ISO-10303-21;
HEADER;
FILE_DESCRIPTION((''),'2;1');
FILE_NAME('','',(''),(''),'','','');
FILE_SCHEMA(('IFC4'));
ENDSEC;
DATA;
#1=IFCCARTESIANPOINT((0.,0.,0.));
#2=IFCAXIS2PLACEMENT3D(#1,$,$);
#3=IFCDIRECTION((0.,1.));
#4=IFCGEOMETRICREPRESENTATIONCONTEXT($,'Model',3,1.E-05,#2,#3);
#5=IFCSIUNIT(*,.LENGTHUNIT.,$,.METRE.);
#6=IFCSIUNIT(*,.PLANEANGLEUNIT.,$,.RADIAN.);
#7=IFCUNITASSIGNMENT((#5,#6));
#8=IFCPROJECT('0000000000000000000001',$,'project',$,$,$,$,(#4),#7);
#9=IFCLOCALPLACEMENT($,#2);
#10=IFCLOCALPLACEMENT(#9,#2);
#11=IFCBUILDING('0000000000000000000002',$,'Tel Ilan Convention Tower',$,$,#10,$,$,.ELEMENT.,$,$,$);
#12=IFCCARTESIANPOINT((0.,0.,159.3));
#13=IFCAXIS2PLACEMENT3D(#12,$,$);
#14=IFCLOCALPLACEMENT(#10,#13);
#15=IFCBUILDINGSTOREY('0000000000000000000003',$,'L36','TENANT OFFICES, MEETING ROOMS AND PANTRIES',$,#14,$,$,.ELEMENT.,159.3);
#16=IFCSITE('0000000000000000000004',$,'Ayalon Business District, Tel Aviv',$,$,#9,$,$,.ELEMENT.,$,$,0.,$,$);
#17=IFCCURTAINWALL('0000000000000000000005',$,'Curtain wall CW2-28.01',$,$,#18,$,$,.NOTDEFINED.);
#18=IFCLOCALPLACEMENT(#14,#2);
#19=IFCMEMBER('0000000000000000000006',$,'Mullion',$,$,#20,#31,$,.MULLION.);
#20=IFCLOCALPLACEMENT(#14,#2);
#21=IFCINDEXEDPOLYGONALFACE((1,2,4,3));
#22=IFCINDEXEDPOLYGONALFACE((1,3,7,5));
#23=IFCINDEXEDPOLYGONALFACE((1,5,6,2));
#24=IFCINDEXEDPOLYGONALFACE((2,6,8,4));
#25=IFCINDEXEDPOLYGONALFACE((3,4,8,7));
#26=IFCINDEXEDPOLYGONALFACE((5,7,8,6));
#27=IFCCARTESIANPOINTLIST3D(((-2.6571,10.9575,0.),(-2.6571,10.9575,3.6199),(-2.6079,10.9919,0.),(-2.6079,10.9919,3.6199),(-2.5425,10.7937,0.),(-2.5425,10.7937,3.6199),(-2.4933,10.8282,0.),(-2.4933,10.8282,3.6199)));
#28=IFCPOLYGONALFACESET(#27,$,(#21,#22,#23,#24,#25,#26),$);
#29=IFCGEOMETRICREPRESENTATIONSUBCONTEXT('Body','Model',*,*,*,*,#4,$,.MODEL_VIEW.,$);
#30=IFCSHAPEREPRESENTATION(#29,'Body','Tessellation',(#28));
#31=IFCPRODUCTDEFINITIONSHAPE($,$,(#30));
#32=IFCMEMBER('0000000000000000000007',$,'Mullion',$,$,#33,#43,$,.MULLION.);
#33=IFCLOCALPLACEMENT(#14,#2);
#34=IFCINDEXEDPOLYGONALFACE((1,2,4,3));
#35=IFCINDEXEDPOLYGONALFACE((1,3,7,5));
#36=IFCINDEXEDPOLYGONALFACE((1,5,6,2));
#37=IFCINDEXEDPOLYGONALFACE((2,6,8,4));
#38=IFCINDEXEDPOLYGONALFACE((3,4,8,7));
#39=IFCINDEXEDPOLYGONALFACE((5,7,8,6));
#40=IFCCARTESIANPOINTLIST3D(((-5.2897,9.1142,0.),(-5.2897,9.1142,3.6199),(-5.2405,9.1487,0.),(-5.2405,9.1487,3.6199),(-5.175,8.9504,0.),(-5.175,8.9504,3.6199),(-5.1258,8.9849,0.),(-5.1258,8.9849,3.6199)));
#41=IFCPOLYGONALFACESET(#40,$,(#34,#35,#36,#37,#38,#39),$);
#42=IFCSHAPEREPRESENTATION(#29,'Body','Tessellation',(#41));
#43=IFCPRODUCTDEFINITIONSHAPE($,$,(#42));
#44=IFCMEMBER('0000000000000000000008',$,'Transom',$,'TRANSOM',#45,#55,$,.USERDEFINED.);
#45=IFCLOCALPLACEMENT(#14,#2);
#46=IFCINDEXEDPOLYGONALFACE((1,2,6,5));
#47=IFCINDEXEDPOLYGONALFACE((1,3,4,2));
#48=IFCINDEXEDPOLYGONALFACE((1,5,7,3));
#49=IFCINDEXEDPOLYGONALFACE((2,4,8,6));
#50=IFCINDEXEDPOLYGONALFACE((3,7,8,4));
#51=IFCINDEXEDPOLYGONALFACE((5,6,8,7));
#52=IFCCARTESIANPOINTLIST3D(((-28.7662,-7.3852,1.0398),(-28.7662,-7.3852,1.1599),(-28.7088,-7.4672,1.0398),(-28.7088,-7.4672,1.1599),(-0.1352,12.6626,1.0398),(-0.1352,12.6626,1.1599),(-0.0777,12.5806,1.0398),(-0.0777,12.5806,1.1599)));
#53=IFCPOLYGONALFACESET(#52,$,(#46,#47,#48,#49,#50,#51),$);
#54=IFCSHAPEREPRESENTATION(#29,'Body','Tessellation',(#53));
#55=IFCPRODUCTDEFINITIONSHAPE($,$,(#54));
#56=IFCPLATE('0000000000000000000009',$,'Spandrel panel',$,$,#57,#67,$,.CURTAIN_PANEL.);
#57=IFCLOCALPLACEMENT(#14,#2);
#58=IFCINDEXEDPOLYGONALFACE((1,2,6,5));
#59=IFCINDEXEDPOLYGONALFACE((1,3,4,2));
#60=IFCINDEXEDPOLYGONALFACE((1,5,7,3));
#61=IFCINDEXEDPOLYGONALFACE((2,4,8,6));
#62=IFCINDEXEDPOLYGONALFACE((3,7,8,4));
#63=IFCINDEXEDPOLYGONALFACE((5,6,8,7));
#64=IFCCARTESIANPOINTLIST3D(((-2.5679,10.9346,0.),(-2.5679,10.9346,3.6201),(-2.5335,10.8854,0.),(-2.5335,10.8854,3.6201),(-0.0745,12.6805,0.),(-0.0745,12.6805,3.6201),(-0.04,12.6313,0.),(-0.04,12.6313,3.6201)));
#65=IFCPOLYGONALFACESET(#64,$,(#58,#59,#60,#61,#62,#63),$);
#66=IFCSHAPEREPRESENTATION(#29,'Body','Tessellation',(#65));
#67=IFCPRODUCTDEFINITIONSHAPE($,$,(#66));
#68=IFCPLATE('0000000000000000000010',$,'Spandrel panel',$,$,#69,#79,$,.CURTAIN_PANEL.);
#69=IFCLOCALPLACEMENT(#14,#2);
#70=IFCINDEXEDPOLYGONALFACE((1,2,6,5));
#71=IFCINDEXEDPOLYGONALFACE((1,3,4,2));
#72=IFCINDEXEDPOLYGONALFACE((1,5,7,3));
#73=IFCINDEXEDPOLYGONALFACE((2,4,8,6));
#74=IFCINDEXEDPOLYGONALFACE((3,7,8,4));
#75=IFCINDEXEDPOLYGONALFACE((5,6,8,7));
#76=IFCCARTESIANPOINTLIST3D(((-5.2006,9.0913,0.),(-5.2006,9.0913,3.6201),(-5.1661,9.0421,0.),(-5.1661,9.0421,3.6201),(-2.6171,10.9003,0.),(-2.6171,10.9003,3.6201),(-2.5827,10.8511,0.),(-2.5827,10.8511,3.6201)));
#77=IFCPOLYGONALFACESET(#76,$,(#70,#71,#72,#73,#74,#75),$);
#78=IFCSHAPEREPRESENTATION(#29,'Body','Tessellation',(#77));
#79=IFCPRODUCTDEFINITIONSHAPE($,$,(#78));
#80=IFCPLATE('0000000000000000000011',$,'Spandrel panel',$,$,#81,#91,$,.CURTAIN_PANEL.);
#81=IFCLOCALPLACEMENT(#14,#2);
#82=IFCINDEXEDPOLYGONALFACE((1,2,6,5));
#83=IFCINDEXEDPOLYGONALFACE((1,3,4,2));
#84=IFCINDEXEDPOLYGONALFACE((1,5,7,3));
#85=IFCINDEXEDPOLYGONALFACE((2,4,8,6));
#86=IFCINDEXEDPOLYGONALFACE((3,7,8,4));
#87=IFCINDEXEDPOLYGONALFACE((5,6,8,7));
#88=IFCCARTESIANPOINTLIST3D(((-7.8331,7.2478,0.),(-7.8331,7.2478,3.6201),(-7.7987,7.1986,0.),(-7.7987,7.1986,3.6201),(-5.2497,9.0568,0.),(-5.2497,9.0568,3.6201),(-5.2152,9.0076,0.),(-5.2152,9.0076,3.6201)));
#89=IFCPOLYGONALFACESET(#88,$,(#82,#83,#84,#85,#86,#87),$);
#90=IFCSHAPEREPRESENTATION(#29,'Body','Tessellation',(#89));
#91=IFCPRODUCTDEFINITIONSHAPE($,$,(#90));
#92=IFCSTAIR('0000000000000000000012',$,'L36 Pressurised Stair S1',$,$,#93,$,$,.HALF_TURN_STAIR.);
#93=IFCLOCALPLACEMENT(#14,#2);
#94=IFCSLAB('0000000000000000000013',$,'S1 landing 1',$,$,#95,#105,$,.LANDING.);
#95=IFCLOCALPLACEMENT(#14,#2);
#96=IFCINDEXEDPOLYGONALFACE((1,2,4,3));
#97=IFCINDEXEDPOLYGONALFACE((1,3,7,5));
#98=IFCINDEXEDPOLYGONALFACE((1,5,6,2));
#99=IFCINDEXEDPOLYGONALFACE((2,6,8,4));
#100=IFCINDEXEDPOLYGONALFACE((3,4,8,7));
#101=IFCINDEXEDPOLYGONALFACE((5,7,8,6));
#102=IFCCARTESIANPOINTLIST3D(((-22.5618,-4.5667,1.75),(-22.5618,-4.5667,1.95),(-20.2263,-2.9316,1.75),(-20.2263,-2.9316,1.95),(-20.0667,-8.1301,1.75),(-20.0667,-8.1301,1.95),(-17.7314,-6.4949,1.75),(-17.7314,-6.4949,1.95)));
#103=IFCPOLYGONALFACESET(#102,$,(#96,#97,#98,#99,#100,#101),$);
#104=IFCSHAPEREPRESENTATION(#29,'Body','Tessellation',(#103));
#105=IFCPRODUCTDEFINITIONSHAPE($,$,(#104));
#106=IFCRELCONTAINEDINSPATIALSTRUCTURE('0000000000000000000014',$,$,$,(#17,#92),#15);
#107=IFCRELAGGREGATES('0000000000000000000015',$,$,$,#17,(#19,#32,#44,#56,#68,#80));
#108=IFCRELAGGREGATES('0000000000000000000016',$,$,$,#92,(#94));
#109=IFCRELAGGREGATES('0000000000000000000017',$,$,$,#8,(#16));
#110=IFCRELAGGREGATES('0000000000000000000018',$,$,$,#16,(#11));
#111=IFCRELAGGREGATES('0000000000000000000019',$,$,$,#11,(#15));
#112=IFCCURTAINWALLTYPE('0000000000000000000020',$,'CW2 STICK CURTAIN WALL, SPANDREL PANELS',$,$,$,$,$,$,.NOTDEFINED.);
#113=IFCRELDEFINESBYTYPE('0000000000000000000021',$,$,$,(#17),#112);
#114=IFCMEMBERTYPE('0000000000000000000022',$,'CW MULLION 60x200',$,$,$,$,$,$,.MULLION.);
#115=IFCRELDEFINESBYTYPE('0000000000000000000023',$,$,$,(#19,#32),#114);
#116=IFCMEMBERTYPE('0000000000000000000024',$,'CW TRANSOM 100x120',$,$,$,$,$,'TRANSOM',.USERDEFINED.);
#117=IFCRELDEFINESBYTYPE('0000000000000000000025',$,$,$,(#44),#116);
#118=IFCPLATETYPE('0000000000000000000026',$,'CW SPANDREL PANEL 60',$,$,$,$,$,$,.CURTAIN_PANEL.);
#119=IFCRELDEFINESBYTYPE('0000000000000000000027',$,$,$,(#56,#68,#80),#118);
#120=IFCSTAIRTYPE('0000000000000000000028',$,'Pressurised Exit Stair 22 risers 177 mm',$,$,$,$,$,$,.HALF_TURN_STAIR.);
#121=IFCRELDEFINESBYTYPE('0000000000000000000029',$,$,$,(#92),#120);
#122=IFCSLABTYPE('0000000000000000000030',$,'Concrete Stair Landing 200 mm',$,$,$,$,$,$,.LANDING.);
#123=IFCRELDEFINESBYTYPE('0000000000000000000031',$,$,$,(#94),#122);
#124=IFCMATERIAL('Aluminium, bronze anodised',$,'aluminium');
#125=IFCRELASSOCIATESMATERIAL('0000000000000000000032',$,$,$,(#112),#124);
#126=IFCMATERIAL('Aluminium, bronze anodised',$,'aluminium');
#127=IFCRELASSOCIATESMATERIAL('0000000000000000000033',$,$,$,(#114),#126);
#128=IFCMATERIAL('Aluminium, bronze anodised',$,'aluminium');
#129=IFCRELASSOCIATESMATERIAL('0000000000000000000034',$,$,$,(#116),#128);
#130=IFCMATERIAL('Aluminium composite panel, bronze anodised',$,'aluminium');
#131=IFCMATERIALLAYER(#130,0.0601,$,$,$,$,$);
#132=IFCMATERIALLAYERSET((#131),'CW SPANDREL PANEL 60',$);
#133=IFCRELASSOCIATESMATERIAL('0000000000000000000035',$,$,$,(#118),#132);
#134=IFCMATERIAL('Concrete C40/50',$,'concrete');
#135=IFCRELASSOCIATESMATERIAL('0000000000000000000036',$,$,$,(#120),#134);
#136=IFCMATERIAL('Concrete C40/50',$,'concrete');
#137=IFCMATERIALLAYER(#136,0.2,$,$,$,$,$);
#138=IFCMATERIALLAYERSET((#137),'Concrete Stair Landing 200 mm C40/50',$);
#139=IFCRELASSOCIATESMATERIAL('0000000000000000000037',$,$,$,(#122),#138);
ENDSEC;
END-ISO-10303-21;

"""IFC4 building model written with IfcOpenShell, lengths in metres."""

from ifc_helpers import new_model, si_unit, direction, frame, origin, origin_2d, place, context, subcontext, project, spatial, polyline, rectangle, outline, extrude, material, layer, layer_set, material_profile, profile_set, type_object, element, aggregate, save


model = new_model("IFC4")

# Units and contexts
model_context = context("Model", 3, precision=1e-05, world=origin(), true_north=direction((0.0, 1.0)))
body_context = subcontext(model_context, "Body", "Model", "MODEL_VIEW")
ifc_project = project(units=[si_unit("LENGTHUNIT", "METRE"), si_unit("PLANEANGLEUNIT", "RADIAN")], contexts=[model_context])

# Site, building, storey
site_placement = place(None, origin())
site = spatial("IfcSite", under=ifc_project, at=site_placement, Name="Ayalon Business District, Tel Aviv", CompositionType="ELEMENT", RefElevation=0.0)
building_placement = place(site_placement, origin())
building = spatial("IfcBuilding", under=site, at=building_placement, Name="Tel Ilan Convention Tower", CompositionType="ELEMENT")
storey_placement = place(building_placement, frame((0.0, 0.0, 159.3)))
storey = spatial("IfcBuildingStorey", under=building, at=storey_placement, Name="L36", Description="TENANT OFFICES, MEETING ROOMS AND PANTRIES", CompositionType="ELEMENT", Elevation=159.3)

# Curtain wall, members, plates
ifc_material_1 = material(Name="Aluminium, bronze anodised", Category="aluminium")
curtain_wall_type = type_object("IfcCurtainWallType", Name="CW2 STICK CURTAIN WALL, SPANDREL PANELS", PredefinedType="NOTDEFINED", material=ifc_material_1)
curtain_wall_placement = place(storey_placement, origin())
curtain_wall = element("IfcCurtainWall", 1, at=curtain_wall_placement, inside=storey, type_object=curtain_wall_type, Name="Curtain wall CW2-28.01", PredefinedType="NOTDEFINED")
ifc_material_2 = material(Name="Aluminium, bronze anodised", Category="aluminium")
ifc_material_profile_1 = material_profile(ifc_material_2, rectangle(XDim=0.0601, YDim=0.2, at=origin_2d()), Name="CW MULLION 60x200")
ifc_profile_set_1 = profile_set([ifc_material_profile_1], Name="Aluminium, bronze anodised")
member_type_1 = type_object("IfcMemberType", Name="CW MULLION 60x200", PredefinedType="MULLION", material=ifc_profile_set_1)
member_1_placement = place(storey_placement, frame((-2.5752, 10.8928, 0.0), z_axis=(0.0, 0.0, 1.0), x_axis=(-0.819152, -0.573576, 0.0)))
member_1 = element("IfcMember", 2, at=member_1_placement, type_object=member_type_1, Name="Mullion", PredefinedType="MULLION", context=body_context, shape_type="SweptSolid", body=[
    extrude(rectangle(XDim=0.0601, YDim=0.2, at=origin_2d()), origin(), (0.0, 0.0, 1.0), 3.6199),
])
member_2_placement = place(storey_placement, frame((-5.2078, 9.0496, 0.0), z_axis=(0.0, 0.0, 1.0), x_axis=(-0.819152, -0.573576, 0.0)))
member_2 = element("IfcMember", 3, at=member_2_placement, type_object=member_type_1, Name="Mullion", PredefinedType="MULLION", context=body_context, shape_type="SweptSolid", body=[
    extrude(rectangle(XDim=0.0601, YDim=0.2, at=origin_2d()), origin(), (0.0, 0.0, 1.0), 3.6199),
])
ifc_material_3 = material(Name="Aluminium, bronze anodised", Category="aluminium")
ifc_material_profile_2 = material_profile(ifc_material_3, rectangle(XDim=0.1001, YDim=0.1201, at=origin_2d()), Name="CW TRANSOM 100x120")
ifc_profile_set_2 = profile_set([ifc_material_profile_2], Name="Aluminium, bronze anodised")
member_type_2 = type_object("IfcMemberType", Name="CW TRANSOM 100x120", ElementType="TRANSOM", PredefinedType="USERDEFINED", material=ifc_profile_set_2)
member_3_placement = place(storey_placement, frame((-0.1064, 12.6216, 1.0999), z_axis=(-0.81915, -0.573579, 0.0), x_axis=(0.573579, -0.81915, 0.0)))
member_3 = element("IfcMember", 4, at=member_3_placement, type_object=member_type_2, Name="Transom", ObjectType="TRANSOM", PredefinedType="USERDEFINED", context=body_context, shape_type="SweptSolid", body=[
    extrude(rectangle(XDim=0.1001, YDim=0.1201, at=origin_2d()), origin(), (0.0, 0.0, 1.0), 34.9521),
])
ifc_material_4 = material(Name="Aluminium composite panel, bronze anodised", Category="aluminium")
ifc_layer_1 = layer(ifc_material_4, 0.0601)
ifc_layer_set_1 = layer_set([ifc_layer_1], Name="CW SPANDREL PANEL 60")
plate_type = type_object("IfcPlateType", Name="CW SPANDREL PANEL 60", PredefinedType="CURTAIN_PANEL", material=ifc_layer_set_1)
plate_1_placement = place(storey_placement, frame((-1.304, 11.783, 0.0), z_axis=(0.0, 0.0, 1.0), x_axis=(-0.819152, -0.573576, 0.0)))
plate_1 = element("IfcPlate", 5, at=plate_1_placement, type_object=plate_type, Name="Spandrel panel", PredefinedType="CURTAIN_PANEL", context=body_context, shape_type="SweptSolid", body=[
    extrude(rectangle(XDim=3.0439, YDim=0.0601, at=origin_2d()), origin(), (0.0, 0.0, 1.0), 3.6201),
])
plate_2_placement = place(storey_placement, frame((-3.8916, 9.9712, 0.0), z_axis=(0.0, 0.0, 1.0), x_axis=(-0.819152, -0.573576, 0.0)))
plate_2 = element("IfcPlate", 6, at=plate_2_placement, type_object=plate_type, Name="Spandrel panel", PredefinedType="CURTAIN_PANEL", context=body_context, shape_type="SweptSolid", body=[
    extrude(rectangle(XDim=3.1538, YDim=0.0601, at=origin_2d()), origin(), (0.0, 0.0, 1.0), 3.6201),
])
plate_3_placement = place(storey_placement, frame((-6.5242, 8.1277, 0.0), z_axis=(0.0, 0.0, 1.0), x_axis=(-0.819152, -0.573576, 0.0)))
plate_3 = element("IfcPlate", 7, at=plate_3_placement, type_object=plate_type, Name="Spandrel panel", PredefinedType="CURTAIN_PANEL", context=body_context, shape_type="SweptSolid", body=[
    extrude(rectangle(XDim=3.1538, YDim=0.0601, at=origin_2d()), origin(), (0.0, 0.0, 1.0), 3.6201),
])
aggregate(curtain_wall, [member_1, member_2, member_3, plate_1, plate_2, plate_3])

# Stair, slab
ifc_material_5 = material(Name="Concrete C40/50", Category="concrete")
stair_type = type_object("IfcStairType", Name="Pressurised Exit Stair 22 risers 177 mm", PredefinedType="HALF_TURN_STAIR", material=ifc_material_5)
stair_placement = place(storey_placement, origin())
stair = element("IfcStair", 8, at=stair_placement, inside=storey, type_object=stair_type, Name="L36 Pressurised Stair S1", PredefinedType="HALF_TURN_STAIR")
ifc_material_6 = material(Name="Concrete C40/50", Category="concrete")
ifc_layer_2 = layer(ifc_material_6, 0.2)
ifc_layer_set_2 = layer_set([ifc_layer_2], Name="Concrete Stair Landing 200 mm C40/50")
slab_type_1 = type_object("IfcSlabType", Name="Concrete Stair Landing 200 mm", PredefinedType="LANDING", material=ifc_layer_set_2)
slab_1_placement = place(storey_placement, frame((0.0, 0.0, 1.75)))
slab_1 = element("IfcSlab", 9, at=slab_1_placement, type_object=slab_type_1, Name="S1 landing 1", PredefinedType="LANDING", context=body_context, shape_type="SweptSolid", body=[
    extrude(outline(polyline([(-20.0667, -8.1301), (-17.7314, -6.4949), (-20.2263, -2.9316), (-22.5618, -4.5667), (-20.0667, -8.1301)])), origin(), (0.0, 0.0, 1.0), 0.2),
])
aggregate(stair, [slab_1])

save(model, "model.ifc")
